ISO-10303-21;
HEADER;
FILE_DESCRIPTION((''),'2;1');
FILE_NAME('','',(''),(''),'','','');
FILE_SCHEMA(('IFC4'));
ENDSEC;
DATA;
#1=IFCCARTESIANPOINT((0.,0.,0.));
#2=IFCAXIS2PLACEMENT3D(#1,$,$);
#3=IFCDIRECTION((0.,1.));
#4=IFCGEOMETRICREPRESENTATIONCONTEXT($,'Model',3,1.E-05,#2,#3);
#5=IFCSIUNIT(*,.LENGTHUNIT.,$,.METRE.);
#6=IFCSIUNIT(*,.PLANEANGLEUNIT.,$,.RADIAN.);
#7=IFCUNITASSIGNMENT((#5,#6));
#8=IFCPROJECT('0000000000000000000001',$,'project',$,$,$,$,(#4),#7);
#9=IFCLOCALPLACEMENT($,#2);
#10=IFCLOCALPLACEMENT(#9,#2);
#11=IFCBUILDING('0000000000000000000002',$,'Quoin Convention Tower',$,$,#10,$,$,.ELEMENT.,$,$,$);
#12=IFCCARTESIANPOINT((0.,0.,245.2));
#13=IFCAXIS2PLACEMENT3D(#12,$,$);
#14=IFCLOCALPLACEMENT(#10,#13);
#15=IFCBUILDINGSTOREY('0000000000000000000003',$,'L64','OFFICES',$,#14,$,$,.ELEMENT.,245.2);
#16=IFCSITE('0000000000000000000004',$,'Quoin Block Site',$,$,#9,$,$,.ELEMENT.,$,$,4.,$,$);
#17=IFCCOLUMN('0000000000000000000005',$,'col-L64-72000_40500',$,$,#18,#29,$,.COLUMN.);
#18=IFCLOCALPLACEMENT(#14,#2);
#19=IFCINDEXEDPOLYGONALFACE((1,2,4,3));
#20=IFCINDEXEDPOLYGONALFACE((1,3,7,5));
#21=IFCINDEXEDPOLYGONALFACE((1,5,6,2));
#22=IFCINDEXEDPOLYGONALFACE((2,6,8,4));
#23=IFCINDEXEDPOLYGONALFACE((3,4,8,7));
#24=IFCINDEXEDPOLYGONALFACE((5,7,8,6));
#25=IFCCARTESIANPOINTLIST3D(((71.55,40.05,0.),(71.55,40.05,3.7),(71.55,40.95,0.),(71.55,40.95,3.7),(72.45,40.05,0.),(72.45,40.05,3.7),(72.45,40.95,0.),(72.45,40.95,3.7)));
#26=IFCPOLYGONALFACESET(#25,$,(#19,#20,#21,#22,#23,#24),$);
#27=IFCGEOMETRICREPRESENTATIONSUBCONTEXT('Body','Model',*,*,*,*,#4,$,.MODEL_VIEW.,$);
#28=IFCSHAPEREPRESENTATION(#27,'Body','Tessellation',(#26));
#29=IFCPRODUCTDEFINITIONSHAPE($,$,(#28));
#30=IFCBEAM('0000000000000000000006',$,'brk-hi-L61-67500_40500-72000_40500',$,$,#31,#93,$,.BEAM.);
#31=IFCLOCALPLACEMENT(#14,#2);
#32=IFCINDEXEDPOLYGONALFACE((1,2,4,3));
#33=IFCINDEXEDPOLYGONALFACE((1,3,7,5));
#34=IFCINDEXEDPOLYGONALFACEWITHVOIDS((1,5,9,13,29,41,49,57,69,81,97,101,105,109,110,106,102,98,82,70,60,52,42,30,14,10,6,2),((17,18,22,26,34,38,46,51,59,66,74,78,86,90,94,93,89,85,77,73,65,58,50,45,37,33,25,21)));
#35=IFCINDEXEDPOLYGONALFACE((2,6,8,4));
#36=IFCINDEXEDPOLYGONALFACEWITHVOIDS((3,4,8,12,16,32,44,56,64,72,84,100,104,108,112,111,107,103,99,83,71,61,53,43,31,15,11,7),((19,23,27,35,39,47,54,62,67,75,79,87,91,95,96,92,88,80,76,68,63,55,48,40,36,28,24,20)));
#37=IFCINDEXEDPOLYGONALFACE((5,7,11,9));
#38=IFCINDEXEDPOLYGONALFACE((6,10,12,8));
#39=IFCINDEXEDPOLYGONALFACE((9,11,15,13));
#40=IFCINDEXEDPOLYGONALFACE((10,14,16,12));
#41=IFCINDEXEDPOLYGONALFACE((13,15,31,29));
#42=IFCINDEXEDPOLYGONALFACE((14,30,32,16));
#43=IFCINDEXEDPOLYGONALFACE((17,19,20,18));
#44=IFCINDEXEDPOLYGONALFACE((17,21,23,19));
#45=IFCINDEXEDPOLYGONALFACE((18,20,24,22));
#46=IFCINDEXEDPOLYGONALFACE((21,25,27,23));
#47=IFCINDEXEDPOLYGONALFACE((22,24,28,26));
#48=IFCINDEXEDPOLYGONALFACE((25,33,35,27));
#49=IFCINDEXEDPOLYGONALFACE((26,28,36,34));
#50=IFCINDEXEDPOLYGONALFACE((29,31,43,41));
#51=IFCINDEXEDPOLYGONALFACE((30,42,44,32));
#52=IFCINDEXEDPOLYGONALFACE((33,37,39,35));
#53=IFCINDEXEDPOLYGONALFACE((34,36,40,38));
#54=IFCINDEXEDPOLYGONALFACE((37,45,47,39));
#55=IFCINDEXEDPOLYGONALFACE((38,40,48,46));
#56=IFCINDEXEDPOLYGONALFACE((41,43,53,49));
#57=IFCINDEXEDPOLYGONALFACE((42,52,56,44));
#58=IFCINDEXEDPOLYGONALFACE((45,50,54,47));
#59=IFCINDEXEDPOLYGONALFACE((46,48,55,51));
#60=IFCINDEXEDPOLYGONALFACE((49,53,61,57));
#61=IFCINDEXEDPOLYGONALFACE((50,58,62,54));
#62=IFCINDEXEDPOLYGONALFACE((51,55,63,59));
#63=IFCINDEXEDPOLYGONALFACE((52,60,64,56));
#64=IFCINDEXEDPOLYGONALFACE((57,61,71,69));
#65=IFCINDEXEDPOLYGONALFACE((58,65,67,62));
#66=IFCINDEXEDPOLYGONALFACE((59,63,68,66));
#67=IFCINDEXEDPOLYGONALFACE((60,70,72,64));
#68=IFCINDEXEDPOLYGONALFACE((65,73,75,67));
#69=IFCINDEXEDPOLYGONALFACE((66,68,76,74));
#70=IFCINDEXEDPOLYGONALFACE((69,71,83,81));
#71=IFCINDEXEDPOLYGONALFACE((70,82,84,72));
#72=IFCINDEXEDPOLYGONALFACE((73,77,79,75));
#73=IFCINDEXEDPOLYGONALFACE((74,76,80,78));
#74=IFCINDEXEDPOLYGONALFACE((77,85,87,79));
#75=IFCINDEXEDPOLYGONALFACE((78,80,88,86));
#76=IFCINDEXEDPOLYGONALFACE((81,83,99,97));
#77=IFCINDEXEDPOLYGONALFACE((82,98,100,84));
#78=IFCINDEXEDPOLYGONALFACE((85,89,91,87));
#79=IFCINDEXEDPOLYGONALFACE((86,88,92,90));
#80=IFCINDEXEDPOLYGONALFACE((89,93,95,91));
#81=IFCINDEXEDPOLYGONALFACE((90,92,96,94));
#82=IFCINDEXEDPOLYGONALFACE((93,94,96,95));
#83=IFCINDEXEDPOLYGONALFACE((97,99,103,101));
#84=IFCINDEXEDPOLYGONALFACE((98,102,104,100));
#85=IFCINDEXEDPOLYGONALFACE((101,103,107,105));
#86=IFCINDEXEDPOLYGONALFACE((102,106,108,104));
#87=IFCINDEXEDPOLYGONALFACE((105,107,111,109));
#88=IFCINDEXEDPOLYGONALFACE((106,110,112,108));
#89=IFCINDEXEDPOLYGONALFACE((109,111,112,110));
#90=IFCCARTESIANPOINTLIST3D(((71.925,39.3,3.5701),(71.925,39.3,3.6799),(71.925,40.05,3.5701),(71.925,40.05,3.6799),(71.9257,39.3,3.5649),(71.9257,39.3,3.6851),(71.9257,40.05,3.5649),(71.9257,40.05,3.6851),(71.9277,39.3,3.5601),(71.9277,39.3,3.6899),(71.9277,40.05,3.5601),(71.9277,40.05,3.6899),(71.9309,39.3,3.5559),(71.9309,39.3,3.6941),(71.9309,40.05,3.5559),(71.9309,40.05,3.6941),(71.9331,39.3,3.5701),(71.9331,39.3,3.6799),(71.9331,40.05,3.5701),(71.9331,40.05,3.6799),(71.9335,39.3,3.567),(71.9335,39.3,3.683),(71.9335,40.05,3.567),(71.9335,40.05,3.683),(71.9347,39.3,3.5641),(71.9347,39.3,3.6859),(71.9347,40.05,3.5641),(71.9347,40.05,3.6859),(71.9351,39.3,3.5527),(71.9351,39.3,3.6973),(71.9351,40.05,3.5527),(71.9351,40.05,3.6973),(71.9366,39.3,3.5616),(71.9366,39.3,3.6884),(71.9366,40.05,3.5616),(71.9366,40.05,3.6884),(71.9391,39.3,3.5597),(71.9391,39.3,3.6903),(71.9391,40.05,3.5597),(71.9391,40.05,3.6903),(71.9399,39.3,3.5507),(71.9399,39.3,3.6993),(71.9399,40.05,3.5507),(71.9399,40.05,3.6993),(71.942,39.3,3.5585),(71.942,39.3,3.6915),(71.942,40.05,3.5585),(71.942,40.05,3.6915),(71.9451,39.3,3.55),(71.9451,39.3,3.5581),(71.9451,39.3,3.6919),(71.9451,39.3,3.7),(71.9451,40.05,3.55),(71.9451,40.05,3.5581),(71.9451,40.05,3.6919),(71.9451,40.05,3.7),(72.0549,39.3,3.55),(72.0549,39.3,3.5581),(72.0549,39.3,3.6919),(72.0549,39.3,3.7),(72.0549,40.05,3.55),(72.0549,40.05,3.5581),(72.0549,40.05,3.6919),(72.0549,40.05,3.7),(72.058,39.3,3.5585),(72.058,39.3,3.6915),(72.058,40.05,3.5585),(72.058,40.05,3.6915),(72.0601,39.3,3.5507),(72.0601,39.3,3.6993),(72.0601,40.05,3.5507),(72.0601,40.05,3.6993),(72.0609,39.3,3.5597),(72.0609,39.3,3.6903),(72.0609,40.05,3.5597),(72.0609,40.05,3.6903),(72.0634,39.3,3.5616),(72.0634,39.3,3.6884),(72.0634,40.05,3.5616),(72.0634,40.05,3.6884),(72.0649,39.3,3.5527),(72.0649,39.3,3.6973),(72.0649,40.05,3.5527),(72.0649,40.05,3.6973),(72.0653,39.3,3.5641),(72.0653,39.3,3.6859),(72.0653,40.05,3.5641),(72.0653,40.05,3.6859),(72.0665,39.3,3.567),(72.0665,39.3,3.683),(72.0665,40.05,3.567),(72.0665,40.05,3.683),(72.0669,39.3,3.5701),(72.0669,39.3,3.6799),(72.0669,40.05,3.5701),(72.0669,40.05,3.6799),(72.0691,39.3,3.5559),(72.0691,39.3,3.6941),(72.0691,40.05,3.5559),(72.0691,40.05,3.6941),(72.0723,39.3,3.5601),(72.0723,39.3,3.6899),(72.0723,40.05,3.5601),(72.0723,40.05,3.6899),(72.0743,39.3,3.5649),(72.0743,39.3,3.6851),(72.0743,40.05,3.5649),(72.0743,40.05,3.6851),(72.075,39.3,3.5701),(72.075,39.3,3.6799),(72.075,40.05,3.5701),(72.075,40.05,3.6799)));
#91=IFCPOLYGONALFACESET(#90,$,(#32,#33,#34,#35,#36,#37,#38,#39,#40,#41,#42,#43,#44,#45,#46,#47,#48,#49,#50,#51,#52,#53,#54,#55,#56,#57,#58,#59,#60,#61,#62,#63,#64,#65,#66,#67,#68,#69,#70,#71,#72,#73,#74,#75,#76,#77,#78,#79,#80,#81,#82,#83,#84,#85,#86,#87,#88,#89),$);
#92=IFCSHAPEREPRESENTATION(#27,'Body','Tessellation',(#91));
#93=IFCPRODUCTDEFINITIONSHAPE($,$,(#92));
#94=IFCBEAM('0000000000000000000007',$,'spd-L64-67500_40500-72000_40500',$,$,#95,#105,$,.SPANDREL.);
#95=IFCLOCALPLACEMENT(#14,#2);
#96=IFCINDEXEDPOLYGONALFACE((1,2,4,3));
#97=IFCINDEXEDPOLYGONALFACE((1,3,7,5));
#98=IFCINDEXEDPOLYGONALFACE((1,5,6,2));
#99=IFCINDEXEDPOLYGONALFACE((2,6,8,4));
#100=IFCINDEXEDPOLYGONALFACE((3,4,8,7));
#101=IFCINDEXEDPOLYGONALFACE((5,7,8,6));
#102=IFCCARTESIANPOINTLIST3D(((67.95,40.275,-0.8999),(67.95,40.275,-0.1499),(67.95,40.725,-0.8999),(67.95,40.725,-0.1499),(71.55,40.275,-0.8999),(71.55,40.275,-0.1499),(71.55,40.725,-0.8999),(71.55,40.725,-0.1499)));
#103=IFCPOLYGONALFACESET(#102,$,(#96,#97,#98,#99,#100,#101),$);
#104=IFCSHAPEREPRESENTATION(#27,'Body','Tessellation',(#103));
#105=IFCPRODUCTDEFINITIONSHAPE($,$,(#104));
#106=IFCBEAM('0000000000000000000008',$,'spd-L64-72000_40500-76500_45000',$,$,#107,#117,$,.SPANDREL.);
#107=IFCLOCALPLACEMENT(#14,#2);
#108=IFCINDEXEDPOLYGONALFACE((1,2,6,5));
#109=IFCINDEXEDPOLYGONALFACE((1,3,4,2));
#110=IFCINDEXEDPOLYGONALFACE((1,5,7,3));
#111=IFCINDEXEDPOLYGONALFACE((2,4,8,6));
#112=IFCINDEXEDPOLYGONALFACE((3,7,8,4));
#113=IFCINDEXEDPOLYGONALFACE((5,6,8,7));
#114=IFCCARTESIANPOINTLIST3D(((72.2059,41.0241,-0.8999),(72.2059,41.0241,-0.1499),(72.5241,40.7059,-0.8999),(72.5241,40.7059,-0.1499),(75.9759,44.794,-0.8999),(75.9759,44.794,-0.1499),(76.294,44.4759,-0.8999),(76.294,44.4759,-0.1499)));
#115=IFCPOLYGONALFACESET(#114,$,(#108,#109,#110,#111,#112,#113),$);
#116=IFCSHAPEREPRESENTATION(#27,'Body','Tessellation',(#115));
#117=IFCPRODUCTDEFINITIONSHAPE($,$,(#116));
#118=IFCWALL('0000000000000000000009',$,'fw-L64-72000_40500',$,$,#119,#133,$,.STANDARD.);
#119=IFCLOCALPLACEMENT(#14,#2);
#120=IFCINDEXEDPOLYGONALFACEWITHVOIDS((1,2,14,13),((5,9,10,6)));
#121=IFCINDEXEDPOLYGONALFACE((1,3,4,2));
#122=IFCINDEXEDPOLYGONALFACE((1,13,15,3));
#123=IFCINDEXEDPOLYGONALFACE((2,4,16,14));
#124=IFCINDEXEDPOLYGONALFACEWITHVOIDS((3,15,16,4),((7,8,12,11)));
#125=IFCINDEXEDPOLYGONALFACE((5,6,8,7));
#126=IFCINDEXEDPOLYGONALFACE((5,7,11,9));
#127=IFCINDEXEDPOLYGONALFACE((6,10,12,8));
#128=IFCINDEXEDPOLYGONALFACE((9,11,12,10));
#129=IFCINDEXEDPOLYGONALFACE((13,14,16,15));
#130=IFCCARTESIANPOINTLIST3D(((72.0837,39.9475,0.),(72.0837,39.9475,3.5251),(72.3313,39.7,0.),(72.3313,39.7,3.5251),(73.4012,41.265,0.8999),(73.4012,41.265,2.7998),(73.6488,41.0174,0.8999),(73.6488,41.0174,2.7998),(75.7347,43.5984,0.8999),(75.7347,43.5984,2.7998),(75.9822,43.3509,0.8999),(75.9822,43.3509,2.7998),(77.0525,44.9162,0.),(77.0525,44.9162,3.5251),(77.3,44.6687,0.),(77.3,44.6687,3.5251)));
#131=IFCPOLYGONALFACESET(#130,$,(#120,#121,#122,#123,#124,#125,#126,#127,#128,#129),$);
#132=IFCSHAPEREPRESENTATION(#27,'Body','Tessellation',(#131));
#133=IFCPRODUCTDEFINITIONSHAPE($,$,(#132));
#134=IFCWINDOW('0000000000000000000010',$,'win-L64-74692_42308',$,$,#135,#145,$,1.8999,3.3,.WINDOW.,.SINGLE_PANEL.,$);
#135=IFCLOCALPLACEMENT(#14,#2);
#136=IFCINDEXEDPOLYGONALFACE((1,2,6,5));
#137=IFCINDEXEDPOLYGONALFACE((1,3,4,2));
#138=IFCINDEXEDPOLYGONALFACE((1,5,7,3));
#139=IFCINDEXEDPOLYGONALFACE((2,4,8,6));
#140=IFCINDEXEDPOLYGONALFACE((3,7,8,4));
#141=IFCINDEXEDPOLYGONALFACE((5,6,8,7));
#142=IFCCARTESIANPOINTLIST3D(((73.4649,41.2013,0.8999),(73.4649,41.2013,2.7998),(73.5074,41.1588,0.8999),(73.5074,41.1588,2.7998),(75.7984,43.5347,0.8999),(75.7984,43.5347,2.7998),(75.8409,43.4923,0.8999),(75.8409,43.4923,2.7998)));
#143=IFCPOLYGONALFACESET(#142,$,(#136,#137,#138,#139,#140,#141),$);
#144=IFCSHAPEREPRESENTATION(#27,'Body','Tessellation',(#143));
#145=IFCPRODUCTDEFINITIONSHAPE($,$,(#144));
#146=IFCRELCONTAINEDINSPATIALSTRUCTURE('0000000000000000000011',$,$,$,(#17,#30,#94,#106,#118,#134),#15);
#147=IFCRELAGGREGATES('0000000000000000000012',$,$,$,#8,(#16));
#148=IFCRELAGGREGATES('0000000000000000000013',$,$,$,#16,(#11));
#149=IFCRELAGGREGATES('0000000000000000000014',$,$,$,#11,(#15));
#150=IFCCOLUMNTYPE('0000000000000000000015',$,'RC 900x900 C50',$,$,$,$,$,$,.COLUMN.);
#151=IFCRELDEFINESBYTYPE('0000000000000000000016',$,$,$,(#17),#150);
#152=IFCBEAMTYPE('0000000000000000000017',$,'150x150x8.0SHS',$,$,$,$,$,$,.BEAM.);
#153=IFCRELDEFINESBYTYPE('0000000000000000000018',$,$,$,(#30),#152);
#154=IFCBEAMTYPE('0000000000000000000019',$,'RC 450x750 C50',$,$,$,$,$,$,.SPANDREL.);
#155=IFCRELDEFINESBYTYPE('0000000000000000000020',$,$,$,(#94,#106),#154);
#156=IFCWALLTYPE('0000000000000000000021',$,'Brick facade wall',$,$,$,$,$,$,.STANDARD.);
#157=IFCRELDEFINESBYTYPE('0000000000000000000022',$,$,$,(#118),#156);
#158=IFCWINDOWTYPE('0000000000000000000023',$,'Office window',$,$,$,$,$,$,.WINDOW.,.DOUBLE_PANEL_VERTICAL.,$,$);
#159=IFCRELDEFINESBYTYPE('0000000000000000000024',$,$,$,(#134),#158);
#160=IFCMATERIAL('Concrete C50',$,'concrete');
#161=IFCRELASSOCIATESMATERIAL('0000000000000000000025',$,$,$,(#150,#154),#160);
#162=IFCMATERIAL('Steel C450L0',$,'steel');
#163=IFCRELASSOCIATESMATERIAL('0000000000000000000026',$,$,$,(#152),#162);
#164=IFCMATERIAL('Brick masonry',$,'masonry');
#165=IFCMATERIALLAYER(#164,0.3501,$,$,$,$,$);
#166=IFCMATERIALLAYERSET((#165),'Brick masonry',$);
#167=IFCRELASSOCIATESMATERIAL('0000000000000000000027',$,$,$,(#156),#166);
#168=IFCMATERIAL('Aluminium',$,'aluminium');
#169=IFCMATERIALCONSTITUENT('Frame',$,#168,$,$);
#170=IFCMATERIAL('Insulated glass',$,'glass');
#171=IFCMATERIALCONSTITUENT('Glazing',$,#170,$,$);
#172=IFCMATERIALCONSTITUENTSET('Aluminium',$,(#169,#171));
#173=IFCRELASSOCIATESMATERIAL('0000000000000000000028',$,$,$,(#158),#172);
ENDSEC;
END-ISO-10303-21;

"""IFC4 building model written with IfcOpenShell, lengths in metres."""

from ifc_helpers import new_model, si_unit, direction, frame, frame_2d, origin, origin_2d, place, context, subcontext, project, spatial, rectangle, hollow_rectangle, extrude, material, layer, layer_set, constituent, constituent_set, material_profile, profile_set, type_object, element, fill, save


model = new_model("IFC4")

# Units and contexts
model_context = context("Model", 3, precision=1e-05, world=origin(), true_north=direction((0.0, 1.0)))
body_context = subcontext(model_context, "Body", "Model", "MODEL_VIEW")
ifc_project = project(units=[si_unit("LENGTHUNIT", "METRE"), si_unit("PLANEANGLEUNIT", "RADIAN")], contexts=[model_context])

# Site, building, storey
site_placement = place(None, origin())
site = spatial("IfcSite", under=ifc_project, at=site_placement, Name="Quoin Block Site", CompositionType="ELEMENT", RefElevation=4.0)
building_placement = place(site_placement, origin())
building = spatial("IfcBuilding", under=site, at=building_placement, Name="Quoin Convention Tower", CompositionType="ELEMENT")
storey_placement = place(building_placement, frame((0.0, 0.0, 245.2)))
storey = spatial("IfcBuildingStorey", under=building, at=storey_placement, Name="L64", Description="OFFICES", CompositionType="ELEMENT", Elevation=245.2)

# Column
ifc_material_1 = material(Name="Concrete C50", Category="concrete")
ifc_material_profile_1 = material_profile(ifc_material_1, rectangle(XDim=0.8999, YDim=0.8999, at=origin_2d()), Name="RC 900x900")
ifc_profile_set_1 = profile_set([ifc_material_profile_1], Name="Concrete C50")
column_type = type_object("IfcColumnType", Name="RC 900x900 C50", PredefinedType="COLUMN", material=ifc_profile_set_1)
column_placement = place(storey_placement, frame((72.0, 40.5, 0.0), z_axis=(0.0, 0.0, 1.0), x_axis=(1.0, 0.0, 0.0)))
element("IfcColumn", 1, at=column_placement, inside=storey, type_object=column_type, Name="col-L64-72000_40500", PredefinedType="COLUMN", context=body_context, shape_type="SweptSolid", body=[
    extrude(rectangle(XDim=0.8999, YDim=0.8999, at=origin_2d()), origin(), (0.0, 0.0, 1.0), 3.7),
])

# Beams
ifc_material_2 = material(Name="Steel C450L0", Category="steel")
ifc_material_profile_2 = material_profile(ifc_material_2, hollow_rectangle(XDim=0.1499, YDim=0.1499, WallThickness=0.0081, InnerFilletRadius=0.012, OuterFilletRadius=0.02, at=origin_2d()), Name="150x150x8.0SHS")
ifc_profile_set_2 = profile_set([ifc_material_profile_2], Name="Steel C450L0")
beam_type_1 = type_object("IfcBeamType", Name="150x150x8.0SHS", PredefinedType="BEAM", material=ifc_profile_set_2)
beam_1_placement = place(storey_placement, frame((72.0, 40.05, 3.625), z_axis=(0.0, -1.0, 0.0), x_axis=(1.0, 0.0, 0.0)))
element("IfcBeam", 2, at=beam_1_placement, inside=storey, type_object=beam_type_1, Name="brk-hi-L61-67500_40500-72000_40500", PredefinedType="BEAM", context=body_context, shape_type="SweptSolid", body=[
    extrude(hollow_rectangle(XDim=0.1499, YDim=0.1499, WallThickness=0.0081, InnerFilletRadius=0.012, OuterFilletRadius=0.02, at=origin_2d()), origin(), (0.0, 0.0, 1.0), 0.75),
])
ifc_material_profile_3 = material_profile(ifc_material_1, rectangle(XDim=0.45, YDim=0.75, at=origin_2d()), Name="RC 450x750")
ifc_profile_set_3 = profile_set([ifc_material_profile_3], Name="Concrete C50")
beam_type_2 = type_object("IfcBeamType", Name="RC 450x750 C50", PredefinedType="SPANDREL", material=ifc_profile_set_3)
beam_2_placement = place(storey_placement, frame((67.95, 40.5, -0.5249), z_axis=(1.0, 0.0, 0.0), x_axis=(0.0, 1.0, 0.0)))
element("IfcBeam", 3, at=beam_2_placement, inside=storey, type_object=beam_type_2, Name="spd-L64-67500_40500-72000_40500", PredefinedType="SPANDREL", context=body_context, shape_type="SweptSolid", body=[
    extrude(rectangle(XDim=0.45, YDim=0.75, at=origin_2d()), origin(), (0.0, 0.0, 1.0), 3.6001),
])
beam_3_placement = place(storey_placement, frame((72.365, 40.865, -0.5249), z_axis=(0.707107, 0.707107, 0.0), x_axis=(-0.707107, 0.707107, 0.0)))
element("IfcBeam", 4, at=beam_3_placement, inside=storey, type_object=beam_type_2, Name="spd-L64-72000_40500-76500_45000", PredefinedType="SPANDREL", context=body_context, shape_type="SweptSolid", body=[
    extrude(rectangle(XDim=0.45, YDim=0.75, at=origin_2d()), origin(), (0.0, 0.0, 1.0), 5.3315),
])

# Wall, opening, window
ifc_material_3 = material(Name="Brick masonry", Category="masonry")
ifc_layer_1 = layer(ifc_material_3, 0.3501)
ifc_layer_set_1 = layer_set([ifc_layer_1], Name="Brick masonry")
wall_type_1 = type_object("IfcWallType", Name="Brick facade wall", PredefinedType="STANDARD", material=ifc_layer_set_1)
wall_1_placement = place(storey_placement, frame((72.2075, 39.8237, 0.0), z_axis=(0.0, 0.0, 1.0), x_axis=(0.707107, 0.707107, 0.0)))
wall_1 = element("IfcWall", 5, at=wall_1_placement, inside=storey, type_object=wall_type_1, Name="fw-L64-72000_40500", PredefinedType="STANDARD", context=body_context, shape_type="SweptSolid", body=[
    extrude(rectangle(XDim=7.0269, YDim=0.3501, at=frame_2d((3.5134, 0.0))), origin(), (0.0, 0.0, 1.0), 3.5251),
])
opening_1_placement = place(wall_1_placement, frame((1.8633, 0.0, 0.8999)))
opening_1 = element("IfcOpeningElement", 6, at=opening_1_placement, cuts=wall_1, PredefinedType="OPENING", context=body_context, shape_type="SweptSolid", body=[
    extrude(rectangle(XDim=3.3, YDim=1.8999, at=frame_2d((1.6499, 0.95))), frame((0.0, 0.1851, 0.0), z_axis=(0.0, -1.0, 0.0), x_axis=(1.0, 0.0, 0.0)), (0.0, 0.0, 1.0), 0.3701),
])
ifc_material_4 = material(Name="Aluminium", Category="aluminium")
ifc_constituent_1 = constituent(ifc_material_4, Name="Frame")
ifc_material_5 = material(Name="Insulated glass", Category="glass")
ifc_constituent_2 = constituent(ifc_material_5, Name="Glazing")
ifc_constituent_set = constituent_set(constituents=[ifc_constituent_1, ifc_constituent_2], Name="Aluminium")
window_type = type_object("IfcWindowType", Name="Office window", PartitioningType="DOUBLE_PANEL_VERTICAL", PredefinedType="WINDOW", material=ifc_constituent_set)
window_1_placement = place(opening_1_placement, origin())
window_1 = element("IfcWindow", 7, at=window_1_placement, inside=storey, type_object=window_type, Name="win-L64-74692_42308", OverallHeight=1.8999, OverallWidth=3.3, PartitioningType="SINGLE_PANEL", PredefinedType="WINDOW", context=body_context, shape_type="SweptSolid", body=[
    extrude(rectangle(XDim=3.3, YDim=1.8999, at=frame_2d((1.6499, 0.95))), frame((0.0, 0.085, 0.0), z_axis=(0.0, -1.0, 0.0), x_axis=(1.0, 0.0, 0.0)), (0.0, 0.0, 1.0), 0.0601),
])
fill(opening_1, window_1)

save(model, "model.ifc")
